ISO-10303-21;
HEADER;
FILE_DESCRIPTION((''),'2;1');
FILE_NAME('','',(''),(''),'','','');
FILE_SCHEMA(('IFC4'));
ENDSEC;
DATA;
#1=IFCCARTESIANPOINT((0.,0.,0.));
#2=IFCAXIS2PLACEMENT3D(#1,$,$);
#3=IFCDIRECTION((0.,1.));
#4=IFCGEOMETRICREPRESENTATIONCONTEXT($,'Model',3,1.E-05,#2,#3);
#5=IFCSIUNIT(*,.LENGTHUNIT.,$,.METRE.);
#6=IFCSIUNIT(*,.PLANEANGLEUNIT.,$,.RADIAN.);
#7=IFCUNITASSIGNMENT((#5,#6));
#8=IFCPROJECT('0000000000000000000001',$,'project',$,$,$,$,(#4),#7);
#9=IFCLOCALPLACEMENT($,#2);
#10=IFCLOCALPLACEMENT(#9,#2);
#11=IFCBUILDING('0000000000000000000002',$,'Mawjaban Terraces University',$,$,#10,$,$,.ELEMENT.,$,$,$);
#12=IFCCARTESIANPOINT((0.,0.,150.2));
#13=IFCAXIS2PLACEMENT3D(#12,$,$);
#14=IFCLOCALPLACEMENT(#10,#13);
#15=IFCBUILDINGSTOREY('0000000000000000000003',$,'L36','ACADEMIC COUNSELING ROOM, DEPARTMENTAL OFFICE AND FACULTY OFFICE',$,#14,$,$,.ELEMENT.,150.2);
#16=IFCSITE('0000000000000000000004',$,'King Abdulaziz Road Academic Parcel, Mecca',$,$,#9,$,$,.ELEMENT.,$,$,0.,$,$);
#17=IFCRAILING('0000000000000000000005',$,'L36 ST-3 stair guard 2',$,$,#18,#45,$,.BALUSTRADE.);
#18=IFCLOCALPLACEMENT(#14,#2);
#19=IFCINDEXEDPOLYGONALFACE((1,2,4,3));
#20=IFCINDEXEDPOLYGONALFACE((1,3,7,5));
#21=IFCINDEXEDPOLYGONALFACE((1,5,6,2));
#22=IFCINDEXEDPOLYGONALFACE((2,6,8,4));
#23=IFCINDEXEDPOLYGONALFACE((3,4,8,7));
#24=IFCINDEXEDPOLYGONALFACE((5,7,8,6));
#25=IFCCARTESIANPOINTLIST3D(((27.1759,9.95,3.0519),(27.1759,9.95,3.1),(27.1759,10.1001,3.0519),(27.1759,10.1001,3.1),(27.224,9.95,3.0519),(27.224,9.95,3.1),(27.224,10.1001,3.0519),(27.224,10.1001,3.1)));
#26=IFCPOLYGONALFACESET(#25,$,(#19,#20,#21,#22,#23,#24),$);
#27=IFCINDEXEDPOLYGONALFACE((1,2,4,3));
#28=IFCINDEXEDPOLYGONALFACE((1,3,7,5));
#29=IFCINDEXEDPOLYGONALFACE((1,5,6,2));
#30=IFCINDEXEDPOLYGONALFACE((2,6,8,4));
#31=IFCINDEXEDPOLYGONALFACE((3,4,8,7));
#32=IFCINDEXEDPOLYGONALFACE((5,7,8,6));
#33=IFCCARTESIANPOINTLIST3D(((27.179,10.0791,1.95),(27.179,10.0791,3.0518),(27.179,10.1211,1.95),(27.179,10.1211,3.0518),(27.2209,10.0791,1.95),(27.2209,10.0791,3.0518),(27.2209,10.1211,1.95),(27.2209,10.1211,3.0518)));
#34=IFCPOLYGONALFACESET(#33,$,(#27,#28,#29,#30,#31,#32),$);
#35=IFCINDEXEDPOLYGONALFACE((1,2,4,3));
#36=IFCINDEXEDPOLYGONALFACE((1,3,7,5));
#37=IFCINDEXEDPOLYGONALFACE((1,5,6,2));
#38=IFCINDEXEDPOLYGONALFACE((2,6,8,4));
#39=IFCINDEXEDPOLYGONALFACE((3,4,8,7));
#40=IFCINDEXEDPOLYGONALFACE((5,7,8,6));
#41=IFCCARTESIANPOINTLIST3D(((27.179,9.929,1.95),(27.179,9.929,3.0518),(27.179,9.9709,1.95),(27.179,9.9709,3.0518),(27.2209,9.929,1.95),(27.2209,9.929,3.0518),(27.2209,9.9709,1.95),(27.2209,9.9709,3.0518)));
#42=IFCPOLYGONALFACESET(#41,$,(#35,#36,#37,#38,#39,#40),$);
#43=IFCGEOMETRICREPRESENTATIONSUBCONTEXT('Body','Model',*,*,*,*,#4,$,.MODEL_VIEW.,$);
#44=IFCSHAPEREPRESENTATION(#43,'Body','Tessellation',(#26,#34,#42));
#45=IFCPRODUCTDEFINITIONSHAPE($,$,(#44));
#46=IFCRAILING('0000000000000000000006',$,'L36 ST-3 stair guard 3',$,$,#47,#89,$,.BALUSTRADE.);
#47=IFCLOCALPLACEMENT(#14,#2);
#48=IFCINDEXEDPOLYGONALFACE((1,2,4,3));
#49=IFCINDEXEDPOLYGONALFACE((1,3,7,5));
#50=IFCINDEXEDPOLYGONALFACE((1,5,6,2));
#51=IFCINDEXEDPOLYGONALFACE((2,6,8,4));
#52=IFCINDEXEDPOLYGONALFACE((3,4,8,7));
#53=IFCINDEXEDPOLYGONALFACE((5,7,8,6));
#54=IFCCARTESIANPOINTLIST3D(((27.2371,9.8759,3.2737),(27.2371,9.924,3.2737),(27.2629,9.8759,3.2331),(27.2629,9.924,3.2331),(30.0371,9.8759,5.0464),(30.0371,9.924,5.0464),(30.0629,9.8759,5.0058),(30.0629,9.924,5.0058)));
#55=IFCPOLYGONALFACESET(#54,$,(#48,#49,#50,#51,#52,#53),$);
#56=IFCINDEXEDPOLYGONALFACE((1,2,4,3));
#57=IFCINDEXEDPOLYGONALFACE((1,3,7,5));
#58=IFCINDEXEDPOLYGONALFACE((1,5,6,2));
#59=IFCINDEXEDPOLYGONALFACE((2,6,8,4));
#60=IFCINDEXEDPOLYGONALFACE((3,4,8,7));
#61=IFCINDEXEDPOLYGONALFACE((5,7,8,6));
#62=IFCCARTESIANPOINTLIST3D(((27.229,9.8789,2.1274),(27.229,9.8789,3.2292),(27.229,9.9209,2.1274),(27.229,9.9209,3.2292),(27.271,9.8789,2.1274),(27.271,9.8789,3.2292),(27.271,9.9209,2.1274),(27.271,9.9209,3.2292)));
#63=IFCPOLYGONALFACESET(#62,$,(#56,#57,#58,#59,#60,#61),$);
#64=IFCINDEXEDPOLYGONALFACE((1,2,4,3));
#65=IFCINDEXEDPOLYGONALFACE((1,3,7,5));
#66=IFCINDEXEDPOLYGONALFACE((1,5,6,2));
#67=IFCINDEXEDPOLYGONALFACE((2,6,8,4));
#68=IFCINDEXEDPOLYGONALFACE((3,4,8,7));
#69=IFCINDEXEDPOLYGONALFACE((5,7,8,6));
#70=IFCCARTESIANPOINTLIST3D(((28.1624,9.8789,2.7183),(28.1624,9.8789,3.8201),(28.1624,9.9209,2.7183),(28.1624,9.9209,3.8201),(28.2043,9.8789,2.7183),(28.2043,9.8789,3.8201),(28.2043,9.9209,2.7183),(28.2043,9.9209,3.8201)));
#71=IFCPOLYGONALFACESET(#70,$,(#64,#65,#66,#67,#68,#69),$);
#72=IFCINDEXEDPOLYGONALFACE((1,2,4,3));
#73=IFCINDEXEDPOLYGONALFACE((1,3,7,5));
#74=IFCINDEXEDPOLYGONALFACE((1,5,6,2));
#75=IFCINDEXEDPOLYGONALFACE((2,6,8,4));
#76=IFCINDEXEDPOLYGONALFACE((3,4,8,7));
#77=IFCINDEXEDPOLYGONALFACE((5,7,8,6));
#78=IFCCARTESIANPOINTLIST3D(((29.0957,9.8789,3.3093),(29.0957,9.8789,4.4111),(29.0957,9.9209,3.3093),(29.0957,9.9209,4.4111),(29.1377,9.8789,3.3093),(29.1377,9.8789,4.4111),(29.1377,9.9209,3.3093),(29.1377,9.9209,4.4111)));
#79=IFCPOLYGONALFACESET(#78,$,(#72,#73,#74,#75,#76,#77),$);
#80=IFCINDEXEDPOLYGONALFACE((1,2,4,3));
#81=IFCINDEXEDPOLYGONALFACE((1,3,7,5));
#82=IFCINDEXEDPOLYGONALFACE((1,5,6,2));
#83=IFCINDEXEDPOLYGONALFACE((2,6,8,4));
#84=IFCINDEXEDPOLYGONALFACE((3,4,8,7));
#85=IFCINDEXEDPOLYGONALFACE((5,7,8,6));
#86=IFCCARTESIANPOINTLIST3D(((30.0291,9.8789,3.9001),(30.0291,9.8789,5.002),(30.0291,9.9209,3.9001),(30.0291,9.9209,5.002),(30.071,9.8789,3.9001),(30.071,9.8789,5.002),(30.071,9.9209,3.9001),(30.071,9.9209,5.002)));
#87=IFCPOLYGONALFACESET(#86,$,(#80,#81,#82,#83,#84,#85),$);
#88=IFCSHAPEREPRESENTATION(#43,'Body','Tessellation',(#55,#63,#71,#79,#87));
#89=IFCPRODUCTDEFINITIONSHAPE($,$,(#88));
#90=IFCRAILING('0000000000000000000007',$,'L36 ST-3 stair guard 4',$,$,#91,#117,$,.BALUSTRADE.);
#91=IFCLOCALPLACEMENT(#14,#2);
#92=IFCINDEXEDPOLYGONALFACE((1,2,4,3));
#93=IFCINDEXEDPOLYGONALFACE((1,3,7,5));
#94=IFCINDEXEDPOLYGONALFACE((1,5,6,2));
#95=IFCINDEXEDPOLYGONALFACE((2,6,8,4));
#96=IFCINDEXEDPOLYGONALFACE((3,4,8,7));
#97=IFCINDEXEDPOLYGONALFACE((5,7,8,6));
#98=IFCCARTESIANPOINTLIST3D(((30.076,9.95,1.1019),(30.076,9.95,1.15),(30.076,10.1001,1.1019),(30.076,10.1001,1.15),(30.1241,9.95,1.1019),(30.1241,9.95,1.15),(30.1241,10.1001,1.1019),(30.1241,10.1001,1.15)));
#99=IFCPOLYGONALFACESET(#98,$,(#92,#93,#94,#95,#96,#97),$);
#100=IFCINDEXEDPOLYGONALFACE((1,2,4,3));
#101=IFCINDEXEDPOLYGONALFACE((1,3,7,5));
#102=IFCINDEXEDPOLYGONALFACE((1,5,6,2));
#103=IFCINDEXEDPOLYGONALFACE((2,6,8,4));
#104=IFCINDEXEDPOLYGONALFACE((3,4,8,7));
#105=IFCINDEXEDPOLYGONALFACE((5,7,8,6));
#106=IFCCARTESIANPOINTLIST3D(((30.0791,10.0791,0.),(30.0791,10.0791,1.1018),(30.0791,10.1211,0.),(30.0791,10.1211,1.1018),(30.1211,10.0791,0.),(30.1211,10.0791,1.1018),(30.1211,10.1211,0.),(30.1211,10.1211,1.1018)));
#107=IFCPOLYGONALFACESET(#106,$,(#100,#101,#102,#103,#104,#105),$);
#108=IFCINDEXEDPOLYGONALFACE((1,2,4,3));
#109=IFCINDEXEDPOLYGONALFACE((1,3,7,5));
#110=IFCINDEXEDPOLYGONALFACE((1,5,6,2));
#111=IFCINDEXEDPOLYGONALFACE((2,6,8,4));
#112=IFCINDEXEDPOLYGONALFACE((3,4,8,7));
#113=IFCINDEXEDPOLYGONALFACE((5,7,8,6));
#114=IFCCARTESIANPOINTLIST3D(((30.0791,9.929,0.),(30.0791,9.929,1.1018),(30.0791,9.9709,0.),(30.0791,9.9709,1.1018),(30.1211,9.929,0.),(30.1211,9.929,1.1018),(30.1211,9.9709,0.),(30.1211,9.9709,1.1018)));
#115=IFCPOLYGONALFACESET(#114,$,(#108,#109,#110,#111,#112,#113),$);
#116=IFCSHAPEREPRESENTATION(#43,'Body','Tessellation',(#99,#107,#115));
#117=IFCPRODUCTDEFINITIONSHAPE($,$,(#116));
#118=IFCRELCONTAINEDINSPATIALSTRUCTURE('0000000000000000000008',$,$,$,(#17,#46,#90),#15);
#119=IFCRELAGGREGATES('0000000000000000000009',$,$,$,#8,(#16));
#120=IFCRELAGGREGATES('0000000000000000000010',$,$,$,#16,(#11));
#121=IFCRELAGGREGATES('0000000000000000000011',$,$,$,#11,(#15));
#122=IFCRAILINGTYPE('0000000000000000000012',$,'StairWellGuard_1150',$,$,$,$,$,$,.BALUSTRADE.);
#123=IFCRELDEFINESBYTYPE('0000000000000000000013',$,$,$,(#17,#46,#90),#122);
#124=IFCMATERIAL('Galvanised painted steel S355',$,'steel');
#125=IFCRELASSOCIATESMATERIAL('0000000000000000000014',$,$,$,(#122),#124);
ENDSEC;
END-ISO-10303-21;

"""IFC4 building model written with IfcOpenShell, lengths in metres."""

from ifc_helpers import new_model, si_unit, direction, frame, origin, origin_2d, place, context, subcontext, project, spatial, rectangle, extrude, material, type_object, element, save


model = new_model("IFC4")

# Units and contexts
model_context = context("Model", 3, precision=1e-05, world=origin(), true_north=direction((0.0, 1.0)))
body_context = subcontext(model_context, "Body", "Model", "MODEL_VIEW")
ifc_project = project(units=[si_unit("LENGTHUNIT", "METRE"), si_unit("PLANEANGLEUNIT", "RADIAN")], contexts=[model_context])

# Site, building, storey
site_placement = place(None, origin())
site = spatial("IfcSite", under=ifc_project, at=site_placement, Name="King Abdulaziz Road Academic Parcel, Mecca", CompositionType="ELEMENT", RefElevation=0.0)
building_placement = place(site_placement, origin())
building = spatial("IfcBuilding", under=site, at=building_placement, Name="Mawjaban Terraces University", CompositionType="ELEMENT")
storey_placement = place(building_placement, frame((0.0, 0.0, 150.2)))
storey = spatial("IfcBuildingStorey", under=building, at=storey_placement, Name="L36", Description="ACADEMIC COUNSELING ROOM, DEPARTMENTAL OFFICE AND FACULTY OFFICE", CompositionType="ELEMENT", Elevation=150.2)

# Railings
ifc_material_1 = material(Name="Galvanised painted steel S355", Category="steel")
railing_type_1 = type_object("IfcRailingType", Name="StairWellGuard_1150", PredefinedType="BALUSTRADE", material=ifc_material_1)
railing_1_placement = place(storey_placement, frame((27.2, 10.1001, 1.95)))
element("IfcRailing", 1, at=railing_1_placement, inside=storey, type_object=railing_type_1, Name="L36 ST-3 stair guard 2", PredefinedType="BALUSTRADE", context=body_context, shape_type="SweptSolid", body=[
    extrude(rectangle(XDim=0.0481, YDim=0.0481, at=origin_2d()), frame((0.0, 0.0, 1.126), z_axis=(0.0, -1.0, 0.0), x_axis=(1.0, 0.0, 0.0)), (0.0, 0.0, 1.0), 0.1501),
    extrude(rectangle(XDim=0.042, YDim=0.042, at=origin_2d()), origin(), (0.0, 0.0, 1.0), 1.1018),
    extrude(rectangle(XDim=0.042, YDim=0.042, at=origin_2d()), frame((0.0, -0.1501, 0.0)), (0.0, 0.0, 1.0), 1.1018),
])
railing_2_placement = place(storey_placement, frame((27.25, 9.8999, 2.1274)))
element("IfcRailing", 2, at=railing_2_placement, inside=storey, type_object=railing_type_1, Name="L36 ST-3 stair guard 3", PredefinedType="BALUSTRADE", context=body_context, shape_type="SweptSolid", body=[
    extrude(rectangle(XDim=0.0481, YDim=0.0481, at=origin_2d()), frame((0.0, 0.0, 1.126), z_axis=(0.844909, 0.0, 0.53491), x_axis=(0.0, 1.0, 0.0)), (0.0, 0.0, 1.0), 3.314),
    extrude(rectangle(XDim=0.042, YDim=0.042, at=origin_2d()), origin(), (0.0, 0.0, 1.0), 1.1018),
    extrude(rectangle(XDim=0.042, YDim=0.042, at=origin_2d()), frame((0.9333, 0.0, 0.5908)), (0.0, 0.0, 1.0), 1.1018),
    extrude(rectangle(XDim=0.042, YDim=0.042, at=origin_2d()), frame((1.8667, 0.0, 1.1819)), (0.0, 0.0, 1.0), 1.1018),
    extrude(rectangle(XDim=0.042, YDim=0.042, at=origin_2d()), frame((2.8, 0.0, 1.7727)), (0.0, 0.0, 1.0), 1.1018),
])
railing_3_placement = place(storey_placement, frame((30.1001, 10.1001, 0.0)))
element("IfcRailing", 3, at=railing_3_placement, inside=storey, type_object=railing_type_1, Name="L36 ST-3 stair guard 4", PredefinedType="BALUSTRADE", context=body_context, shape_type="SweptSolid", body=[
    extrude(rectangle(XDim=0.0481, YDim=0.0481, at=origin_2d()), frame((0.0, 0.0, 1.126), z_axis=(0.0, -1.0, 0.0), x_axis=(1.0, 0.0, 0.0)), (0.0, 0.0, 1.0), 0.1501),
    extrude(rectangle(XDim=0.042, YDim=0.042, at=origin_2d()), origin(), (0.0, 0.0, 1.0), 1.1018),
    extrude(rectangle(XDim=0.042, YDim=0.042, at=origin_2d()), frame((0.0, -0.1501, 0.0)), (0.0, 0.0, 1.0), 1.1018),
])

save(model, "model.ifc")
